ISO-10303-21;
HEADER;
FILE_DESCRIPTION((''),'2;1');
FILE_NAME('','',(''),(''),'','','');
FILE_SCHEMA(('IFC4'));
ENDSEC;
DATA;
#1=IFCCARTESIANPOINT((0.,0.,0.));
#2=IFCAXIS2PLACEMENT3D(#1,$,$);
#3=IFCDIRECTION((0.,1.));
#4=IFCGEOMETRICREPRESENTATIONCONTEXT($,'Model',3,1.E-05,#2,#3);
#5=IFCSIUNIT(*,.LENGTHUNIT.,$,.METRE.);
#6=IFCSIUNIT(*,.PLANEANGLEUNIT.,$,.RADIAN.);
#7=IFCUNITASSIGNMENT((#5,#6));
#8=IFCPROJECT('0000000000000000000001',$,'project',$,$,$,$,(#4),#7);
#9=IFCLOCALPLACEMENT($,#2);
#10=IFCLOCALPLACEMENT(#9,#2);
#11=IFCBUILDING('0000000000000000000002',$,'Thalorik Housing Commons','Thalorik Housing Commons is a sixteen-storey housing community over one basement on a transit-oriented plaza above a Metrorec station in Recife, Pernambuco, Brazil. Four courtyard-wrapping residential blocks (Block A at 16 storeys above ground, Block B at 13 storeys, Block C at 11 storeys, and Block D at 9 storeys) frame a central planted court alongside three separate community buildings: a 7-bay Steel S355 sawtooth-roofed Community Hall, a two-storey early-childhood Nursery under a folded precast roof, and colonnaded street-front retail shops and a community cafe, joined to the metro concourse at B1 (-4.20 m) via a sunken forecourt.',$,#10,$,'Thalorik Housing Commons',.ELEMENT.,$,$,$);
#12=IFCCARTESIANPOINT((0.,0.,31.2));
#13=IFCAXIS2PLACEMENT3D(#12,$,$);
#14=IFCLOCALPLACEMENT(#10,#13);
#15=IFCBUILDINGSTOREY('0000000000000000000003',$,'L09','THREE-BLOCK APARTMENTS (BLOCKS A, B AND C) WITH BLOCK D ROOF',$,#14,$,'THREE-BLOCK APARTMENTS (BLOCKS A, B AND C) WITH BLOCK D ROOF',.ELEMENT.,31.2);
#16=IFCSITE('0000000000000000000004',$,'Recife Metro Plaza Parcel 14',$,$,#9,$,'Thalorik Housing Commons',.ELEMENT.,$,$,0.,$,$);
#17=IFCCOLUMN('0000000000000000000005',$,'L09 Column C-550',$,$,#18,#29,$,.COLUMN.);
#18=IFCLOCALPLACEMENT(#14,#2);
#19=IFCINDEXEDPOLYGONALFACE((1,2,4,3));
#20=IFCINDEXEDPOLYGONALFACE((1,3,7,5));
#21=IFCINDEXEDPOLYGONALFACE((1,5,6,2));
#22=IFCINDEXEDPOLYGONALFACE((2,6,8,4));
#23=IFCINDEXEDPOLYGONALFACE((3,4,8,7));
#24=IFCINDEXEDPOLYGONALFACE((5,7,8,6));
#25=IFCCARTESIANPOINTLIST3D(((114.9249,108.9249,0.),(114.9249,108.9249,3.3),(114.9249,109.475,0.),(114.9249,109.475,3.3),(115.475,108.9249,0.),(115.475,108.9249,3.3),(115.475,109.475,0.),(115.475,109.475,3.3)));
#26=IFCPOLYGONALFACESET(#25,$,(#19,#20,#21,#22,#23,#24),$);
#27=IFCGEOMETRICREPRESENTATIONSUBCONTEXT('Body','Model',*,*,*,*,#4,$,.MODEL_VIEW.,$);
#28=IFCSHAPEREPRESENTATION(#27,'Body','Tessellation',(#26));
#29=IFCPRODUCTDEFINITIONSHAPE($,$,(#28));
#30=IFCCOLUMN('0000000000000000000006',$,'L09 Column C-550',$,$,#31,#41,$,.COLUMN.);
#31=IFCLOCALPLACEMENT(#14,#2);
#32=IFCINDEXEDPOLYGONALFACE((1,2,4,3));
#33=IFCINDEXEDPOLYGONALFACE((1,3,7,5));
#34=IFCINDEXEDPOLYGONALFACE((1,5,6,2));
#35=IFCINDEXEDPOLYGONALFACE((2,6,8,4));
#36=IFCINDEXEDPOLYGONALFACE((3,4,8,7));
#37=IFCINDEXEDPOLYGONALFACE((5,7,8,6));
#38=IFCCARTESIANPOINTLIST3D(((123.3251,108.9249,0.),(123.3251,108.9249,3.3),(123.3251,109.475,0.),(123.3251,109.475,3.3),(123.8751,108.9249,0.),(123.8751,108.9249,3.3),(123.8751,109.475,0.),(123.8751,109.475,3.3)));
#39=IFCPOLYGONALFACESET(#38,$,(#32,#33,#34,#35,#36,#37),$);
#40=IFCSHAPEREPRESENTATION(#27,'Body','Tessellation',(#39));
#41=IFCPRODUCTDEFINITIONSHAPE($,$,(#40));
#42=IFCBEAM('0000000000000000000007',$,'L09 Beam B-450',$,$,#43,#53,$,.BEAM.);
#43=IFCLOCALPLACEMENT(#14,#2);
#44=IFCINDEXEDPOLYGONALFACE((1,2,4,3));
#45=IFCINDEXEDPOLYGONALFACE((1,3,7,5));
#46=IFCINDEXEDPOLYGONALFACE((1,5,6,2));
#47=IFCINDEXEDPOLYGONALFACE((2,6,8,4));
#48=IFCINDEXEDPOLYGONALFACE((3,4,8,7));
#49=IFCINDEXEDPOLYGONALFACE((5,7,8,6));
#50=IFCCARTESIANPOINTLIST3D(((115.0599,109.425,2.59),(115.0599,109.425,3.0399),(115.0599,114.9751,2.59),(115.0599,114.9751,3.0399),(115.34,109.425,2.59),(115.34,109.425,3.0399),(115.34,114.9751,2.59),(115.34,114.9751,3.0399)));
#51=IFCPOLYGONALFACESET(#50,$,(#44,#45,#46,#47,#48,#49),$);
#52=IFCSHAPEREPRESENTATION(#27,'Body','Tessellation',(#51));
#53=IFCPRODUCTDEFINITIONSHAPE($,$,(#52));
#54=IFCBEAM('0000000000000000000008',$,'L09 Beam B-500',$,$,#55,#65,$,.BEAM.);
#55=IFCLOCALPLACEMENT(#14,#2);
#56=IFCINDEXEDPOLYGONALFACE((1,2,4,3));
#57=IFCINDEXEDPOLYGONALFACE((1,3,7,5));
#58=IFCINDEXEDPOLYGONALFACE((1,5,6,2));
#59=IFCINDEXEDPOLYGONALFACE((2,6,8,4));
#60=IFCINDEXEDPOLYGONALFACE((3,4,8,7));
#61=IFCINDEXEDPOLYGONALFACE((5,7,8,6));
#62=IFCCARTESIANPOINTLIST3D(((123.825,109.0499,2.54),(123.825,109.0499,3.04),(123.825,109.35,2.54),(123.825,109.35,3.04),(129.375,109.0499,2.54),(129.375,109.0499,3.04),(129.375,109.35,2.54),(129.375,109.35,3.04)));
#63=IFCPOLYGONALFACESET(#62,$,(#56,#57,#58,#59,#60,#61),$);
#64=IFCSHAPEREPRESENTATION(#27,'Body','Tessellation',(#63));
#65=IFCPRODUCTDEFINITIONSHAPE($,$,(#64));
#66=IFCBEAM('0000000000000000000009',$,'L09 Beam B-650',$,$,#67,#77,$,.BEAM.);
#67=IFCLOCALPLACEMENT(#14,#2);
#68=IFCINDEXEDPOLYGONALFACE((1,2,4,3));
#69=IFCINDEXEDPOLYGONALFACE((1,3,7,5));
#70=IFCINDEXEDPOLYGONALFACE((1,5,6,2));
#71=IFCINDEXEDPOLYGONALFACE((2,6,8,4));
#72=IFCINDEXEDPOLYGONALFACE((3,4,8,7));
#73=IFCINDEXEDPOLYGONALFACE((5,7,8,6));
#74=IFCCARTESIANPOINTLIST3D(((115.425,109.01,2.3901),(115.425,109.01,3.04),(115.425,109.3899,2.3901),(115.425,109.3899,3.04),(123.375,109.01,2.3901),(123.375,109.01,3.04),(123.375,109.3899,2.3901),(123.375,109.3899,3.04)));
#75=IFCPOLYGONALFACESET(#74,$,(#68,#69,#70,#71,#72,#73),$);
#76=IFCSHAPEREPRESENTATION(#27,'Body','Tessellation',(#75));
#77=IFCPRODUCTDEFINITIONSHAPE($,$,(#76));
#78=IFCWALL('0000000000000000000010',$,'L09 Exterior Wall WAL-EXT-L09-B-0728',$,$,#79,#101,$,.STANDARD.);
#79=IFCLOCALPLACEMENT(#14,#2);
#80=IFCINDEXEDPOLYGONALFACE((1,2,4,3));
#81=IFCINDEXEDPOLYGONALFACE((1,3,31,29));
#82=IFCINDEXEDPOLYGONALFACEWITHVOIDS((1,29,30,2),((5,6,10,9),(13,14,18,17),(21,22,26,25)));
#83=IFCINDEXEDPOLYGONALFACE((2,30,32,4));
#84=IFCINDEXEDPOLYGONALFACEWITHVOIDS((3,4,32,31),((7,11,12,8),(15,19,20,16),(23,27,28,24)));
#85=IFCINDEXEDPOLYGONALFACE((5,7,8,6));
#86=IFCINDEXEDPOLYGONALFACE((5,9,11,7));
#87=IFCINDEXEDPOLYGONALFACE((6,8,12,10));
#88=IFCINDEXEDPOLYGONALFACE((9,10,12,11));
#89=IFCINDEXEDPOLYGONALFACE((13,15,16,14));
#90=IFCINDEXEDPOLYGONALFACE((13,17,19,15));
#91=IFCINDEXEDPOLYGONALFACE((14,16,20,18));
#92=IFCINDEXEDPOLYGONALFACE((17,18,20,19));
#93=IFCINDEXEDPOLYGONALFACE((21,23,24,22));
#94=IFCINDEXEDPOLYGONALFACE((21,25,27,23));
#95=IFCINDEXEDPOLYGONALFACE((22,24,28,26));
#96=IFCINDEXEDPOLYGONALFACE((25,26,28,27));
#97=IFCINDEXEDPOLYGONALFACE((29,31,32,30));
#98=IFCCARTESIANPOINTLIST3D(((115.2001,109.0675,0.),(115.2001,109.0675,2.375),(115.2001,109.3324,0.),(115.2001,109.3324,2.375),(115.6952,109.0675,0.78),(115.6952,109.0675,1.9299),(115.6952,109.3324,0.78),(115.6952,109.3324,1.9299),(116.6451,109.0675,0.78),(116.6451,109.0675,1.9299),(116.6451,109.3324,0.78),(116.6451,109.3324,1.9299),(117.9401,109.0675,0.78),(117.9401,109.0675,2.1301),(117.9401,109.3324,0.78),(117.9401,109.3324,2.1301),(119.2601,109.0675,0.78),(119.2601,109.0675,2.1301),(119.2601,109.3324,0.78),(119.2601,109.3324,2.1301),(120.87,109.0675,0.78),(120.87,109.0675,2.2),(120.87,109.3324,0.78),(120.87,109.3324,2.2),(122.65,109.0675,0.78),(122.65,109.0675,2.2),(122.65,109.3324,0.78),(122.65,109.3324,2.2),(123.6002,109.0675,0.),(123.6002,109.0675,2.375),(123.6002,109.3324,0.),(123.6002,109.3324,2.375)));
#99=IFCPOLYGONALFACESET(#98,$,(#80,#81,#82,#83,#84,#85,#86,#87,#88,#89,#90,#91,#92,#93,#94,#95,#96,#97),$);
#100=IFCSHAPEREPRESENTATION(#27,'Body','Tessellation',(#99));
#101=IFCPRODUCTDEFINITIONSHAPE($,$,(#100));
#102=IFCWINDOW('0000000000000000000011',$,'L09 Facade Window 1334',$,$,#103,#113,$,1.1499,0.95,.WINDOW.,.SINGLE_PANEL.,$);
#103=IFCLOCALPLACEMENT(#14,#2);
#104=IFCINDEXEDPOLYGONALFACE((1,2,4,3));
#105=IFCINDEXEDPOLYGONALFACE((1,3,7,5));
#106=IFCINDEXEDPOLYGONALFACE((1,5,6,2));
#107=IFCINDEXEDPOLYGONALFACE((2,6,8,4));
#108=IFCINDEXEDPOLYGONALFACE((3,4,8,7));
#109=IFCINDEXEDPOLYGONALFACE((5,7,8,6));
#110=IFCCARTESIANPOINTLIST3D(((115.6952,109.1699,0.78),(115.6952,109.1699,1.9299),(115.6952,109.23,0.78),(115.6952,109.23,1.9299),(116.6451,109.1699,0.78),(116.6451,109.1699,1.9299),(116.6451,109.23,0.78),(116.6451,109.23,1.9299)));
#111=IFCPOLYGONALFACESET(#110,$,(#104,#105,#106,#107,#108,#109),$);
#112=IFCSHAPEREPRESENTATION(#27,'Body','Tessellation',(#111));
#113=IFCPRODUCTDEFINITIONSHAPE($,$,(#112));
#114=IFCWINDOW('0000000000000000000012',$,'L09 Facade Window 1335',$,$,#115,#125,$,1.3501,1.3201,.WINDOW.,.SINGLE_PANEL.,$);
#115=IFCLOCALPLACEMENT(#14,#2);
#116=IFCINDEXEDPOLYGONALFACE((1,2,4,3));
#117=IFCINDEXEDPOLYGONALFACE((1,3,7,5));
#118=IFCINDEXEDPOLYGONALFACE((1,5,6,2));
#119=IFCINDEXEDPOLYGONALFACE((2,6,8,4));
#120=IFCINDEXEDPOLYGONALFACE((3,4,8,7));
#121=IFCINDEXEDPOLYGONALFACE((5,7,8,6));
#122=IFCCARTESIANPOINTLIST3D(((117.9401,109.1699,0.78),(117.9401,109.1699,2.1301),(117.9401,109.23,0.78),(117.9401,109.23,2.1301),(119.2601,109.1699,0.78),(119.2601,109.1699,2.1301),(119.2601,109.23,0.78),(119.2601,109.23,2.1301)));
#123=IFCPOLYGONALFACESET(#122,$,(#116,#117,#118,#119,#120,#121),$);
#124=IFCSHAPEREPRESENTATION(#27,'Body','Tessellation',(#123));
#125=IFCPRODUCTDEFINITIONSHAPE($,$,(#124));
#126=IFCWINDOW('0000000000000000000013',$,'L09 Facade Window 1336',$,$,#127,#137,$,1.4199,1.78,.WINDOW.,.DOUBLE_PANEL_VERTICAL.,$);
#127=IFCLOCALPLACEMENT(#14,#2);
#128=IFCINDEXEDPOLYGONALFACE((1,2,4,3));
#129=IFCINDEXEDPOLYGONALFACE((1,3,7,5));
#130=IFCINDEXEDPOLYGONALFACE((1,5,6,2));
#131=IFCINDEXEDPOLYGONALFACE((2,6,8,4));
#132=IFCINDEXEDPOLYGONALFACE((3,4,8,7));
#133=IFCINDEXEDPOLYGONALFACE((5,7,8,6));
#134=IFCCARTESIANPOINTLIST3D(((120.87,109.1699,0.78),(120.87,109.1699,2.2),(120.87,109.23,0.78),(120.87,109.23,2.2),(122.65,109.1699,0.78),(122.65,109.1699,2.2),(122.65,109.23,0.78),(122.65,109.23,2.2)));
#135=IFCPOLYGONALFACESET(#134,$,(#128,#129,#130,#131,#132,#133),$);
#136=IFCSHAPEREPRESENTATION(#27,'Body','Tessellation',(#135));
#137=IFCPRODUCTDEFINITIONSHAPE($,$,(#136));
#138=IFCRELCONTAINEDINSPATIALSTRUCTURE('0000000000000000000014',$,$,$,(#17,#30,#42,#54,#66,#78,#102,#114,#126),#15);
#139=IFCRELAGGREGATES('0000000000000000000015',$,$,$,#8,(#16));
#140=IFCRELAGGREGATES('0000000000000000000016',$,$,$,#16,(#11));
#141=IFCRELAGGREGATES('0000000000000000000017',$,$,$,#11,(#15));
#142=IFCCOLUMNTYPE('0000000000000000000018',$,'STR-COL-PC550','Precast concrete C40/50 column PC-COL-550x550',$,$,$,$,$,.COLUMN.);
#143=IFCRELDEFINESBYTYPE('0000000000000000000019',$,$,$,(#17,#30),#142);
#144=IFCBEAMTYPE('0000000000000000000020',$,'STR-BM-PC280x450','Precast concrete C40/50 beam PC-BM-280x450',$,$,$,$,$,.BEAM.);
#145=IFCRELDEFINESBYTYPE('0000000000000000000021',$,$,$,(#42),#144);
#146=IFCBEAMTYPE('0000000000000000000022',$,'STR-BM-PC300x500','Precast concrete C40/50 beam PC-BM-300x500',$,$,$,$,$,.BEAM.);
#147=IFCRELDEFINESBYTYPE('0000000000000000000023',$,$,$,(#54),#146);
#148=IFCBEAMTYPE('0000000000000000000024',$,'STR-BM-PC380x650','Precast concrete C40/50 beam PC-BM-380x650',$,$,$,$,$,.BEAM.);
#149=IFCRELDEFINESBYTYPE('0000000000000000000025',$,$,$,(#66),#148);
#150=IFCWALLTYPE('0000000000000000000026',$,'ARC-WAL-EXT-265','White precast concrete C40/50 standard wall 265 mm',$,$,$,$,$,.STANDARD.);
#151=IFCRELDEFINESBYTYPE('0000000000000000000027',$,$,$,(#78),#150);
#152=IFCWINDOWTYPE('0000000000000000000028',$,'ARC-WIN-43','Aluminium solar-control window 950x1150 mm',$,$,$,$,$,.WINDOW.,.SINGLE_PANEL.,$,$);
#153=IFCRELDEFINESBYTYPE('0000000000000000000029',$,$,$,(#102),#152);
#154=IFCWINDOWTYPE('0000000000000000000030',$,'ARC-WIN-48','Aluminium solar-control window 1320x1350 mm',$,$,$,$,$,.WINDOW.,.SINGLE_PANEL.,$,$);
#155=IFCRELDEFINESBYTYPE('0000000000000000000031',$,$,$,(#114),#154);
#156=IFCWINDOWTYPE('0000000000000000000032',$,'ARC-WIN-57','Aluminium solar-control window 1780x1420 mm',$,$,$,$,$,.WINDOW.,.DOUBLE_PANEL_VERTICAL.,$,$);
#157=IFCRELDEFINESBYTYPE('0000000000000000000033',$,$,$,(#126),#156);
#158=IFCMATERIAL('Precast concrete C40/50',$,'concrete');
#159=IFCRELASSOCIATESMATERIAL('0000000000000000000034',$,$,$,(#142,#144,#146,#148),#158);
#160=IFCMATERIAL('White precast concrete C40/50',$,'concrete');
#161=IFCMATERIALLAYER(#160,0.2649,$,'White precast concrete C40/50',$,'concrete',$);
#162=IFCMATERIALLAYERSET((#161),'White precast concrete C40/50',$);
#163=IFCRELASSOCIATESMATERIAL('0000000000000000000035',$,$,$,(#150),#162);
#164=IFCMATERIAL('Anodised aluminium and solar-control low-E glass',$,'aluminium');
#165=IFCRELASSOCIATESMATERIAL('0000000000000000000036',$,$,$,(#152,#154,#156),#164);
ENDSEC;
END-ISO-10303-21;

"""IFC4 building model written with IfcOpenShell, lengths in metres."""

from ifc_helpers import new_model, si_unit, direction, frame, frame_2d, origin, origin_2d, place, context, subcontext, project, spatial, rectangle, extrude, material, layer, layer_set, material_profile, profile_set, type_object, element, fill, save


model = new_model("IFC4")

# Units and contexts
model_context = context("Model", 3, precision=1e-05, world=origin(), true_north=direction((0.0, 1.0)))
body_context = subcontext(model_context, "Body", "Model", "MODEL_VIEW")
ifc_project = project(units=[si_unit("LENGTHUNIT", "METRE"), si_unit("PLANEANGLEUNIT", "RADIAN")], contexts=[model_context])

# Site, building, storey
site_placement = place(None, origin())
site = spatial("IfcSite", under=ifc_project, at=site_placement, Name="Recife Metro Plaza Parcel 14", LongName="Thalorik Housing Commons", CompositionType="ELEMENT", RefElevation=0.0)
building_placement = place(site_placement, origin())
building = spatial("IfcBuilding", under=site, at=building_placement, Name="Thalorik Housing Commons", Description="Thalorik Housing Commons is a sixteen-storey housing community over one basement on a transit-oriented plaza above a Metrorec station in Recife, Pernambuco, Brazil. Four courtyard-wrapping residential blocks (Block A at 16 storeys above ground, Block B at 13 storeys, Block C at 11 storeys, and Block D at 9 storeys) frame a central planted court alongside three separate community buildings: a 7-bay Steel S355 sawtooth-roofed Community Hall, a two-storey early-childhood Nursery under a folded precast roof, and colonnaded street-front retail shops and a community cafe, joined to the metro concourse at B1 (-4.20 m) via a sunken forecourt.", LongName="Thalorik Housing Commons", CompositionType="ELEMENT")
storey_placement = place(building_placement, frame((0.0, 0.0, 31.2)))
storey = spatial("IfcBuildingStorey", under=building, at=storey_placement, Name="L09", Description="THREE-BLOCK APARTMENTS (BLOCKS A, B AND C) WITH BLOCK D ROOF", LongName="THREE-BLOCK APARTMENTS (BLOCKS A, B AND C) WITH BLOCK D ROOF", CompositionType="ELEMENT", Elevation=31.2)

# Columns
ifc_material_1 = material(Name="Precast concrete C40/50", Category="concrete")
ifc_material_profile_1 = material_profile(ifc_material_1, rectangle(XDim=0.55, YDim=0.55, at=origin_2d()), Name="PC 550x550", Category="concrete")
ifc_profile_set_1 = profile_set([ifc_material_profile_1], Name="Precast concrete C40/50")
column_type = type_object("IfcColumnType", Name="STR-COL-PC550", Description="Precast concrete C40/50 column PC-COL-550x550", PredefinedType="COLUMN", material=ifc_profile_set_1)
for number, where, z_axis, x_axis, name in (
    (1, (115.2, 109.2, 0.0), (0.0, 0.0, 1.0), (1.0, 0.0, 0.0), "L09 Column C-550"),
    (2, (123.6001, 109.2, 0.0), (0.0, 0.0, 1.0), (1.0, 0.0, 0.0), "L09 Column C-550"),
):
    element("IfcColumn", number, at=place(storey_placement, frame(where, z_axis=z_axis, x_axis=x_axis)), inside=storey, type_object=column_type, Name=name, PredefinedType="COLUMN", context=body_context, shape_type="SweptSolid", body=[
        extrude(rectangle(XDim=0.55, YDim=0.55, at=origin_2d()), origin(), (0.0, 0.0, 1.0), 3.3),
    ])

# Beams
ifc_material_profile_2 = material_profile(ifc_material_1, rectangle(XDim=0.28, YDim=0.45, at=origin_2d()), Name="PC 280x450", Category="concrete")
ifc_profile_set_2 = profile_set([ifc_material_profile_2], Name="Precast concrete C40/50")
beam_type_1 = type_object("IfcBeamType", Name="STR-BM-PC280x450", Description="Precast concrete C40/50 beam PC-BM-280x450", PredefinedType="BEAM", material=ifc_profile_set_2)
beam_1_placement = place(storey_placement, frame((115.2, 109.425, 2.8149), z_axis=(0.0, 1.0, 0.0), x_axis=(-1.0, 0.0, 0.0)))
element("IfcBeam", 3, at=beam_1_placement, inside=storey, type_object=beam_type_1, Name="L09 Beam B-450", PredefinedType="BEAM", context=body_context, shape_type="SweptSolid", body=[
    extrude(rectangle(XDim=0.28, YDim=0.45, at=origin_2d()), origin(), (0.0, 0.0, 1.0), 5.55),
])
ifc_material_profile_3 = material_profile(ifc_material_1, rectangle(XDim=0.3, YDim=0.5, at=origin_2d()), Name="PC 300x500", Category="concrete")
ifc_profile_set_3 = profile_set([ifc_material_profile_3], Name="Precast concrete C40/50")
beam_type_2 = type_object("IfcBeamType", Name="STR-BM-PC300x500", Description="Precast concrete C40/50 beam PC-BM-300x500", PredefinedType="BEAM", material=ifc_profile_set_3)
beam_2_placement = place(storey_placement, frame((123.825, 109.2, 2.79), z_axis=(1.0, 0.0, 0.0), x_axis=(0.0, 1.0, 0.0)))
element("IfcBeam", 4, at=beam_2_placement, inside=storey, type_object=beam_type_2, Name="L09 Beam B-500", PredefinedType="BEAM", context=body_context, shape_type="SweptSolid", body=[
    extrude(rectangle(XDim=0.3, YDim=0.5, at=origin_2d()), origin(), (0.0, 0.0, 1.0), 5.55),
])
ifc_material_profile_4 = material_profile(ifc_material_1, rectangle(XDim=0.3799, YDim=0.6499, at=origin_2d()), Name="PC 380x650", Category="concrete")
ifc_profile_set_4 = profile_set([ifc_material_profile_4], Name="Precast concrete C40/50")
beam_type_3 = type_object("IfcBeamType", Name="STR-BM-PC380x650", Description="Precast concrete C40/50 beam PC-BM-380x650", PredefinedType="BEAM", material=ifc_profile_set_4)
beam_3_placement = place(storey_placement, frame((115.425, 109.2, 2.7151), z_axis=(1.0, 0.0, 0.0), x_axis=(0.0, 1.0, 0.0)))
element("IfcBeam", 5, at=beam_3_placement, inside=storey, type_object=beam_type_3, Name="L09 Beam B-650", PredefinedType="BEAM", context=body_context, shape_type="SweptSolid", body=[
    extrude(rectangle(XDim=0.3799, YDim=0.6499, at=origin_2d()), origin(), (0.0, 0.0, 1.0), 7.95),
])

# Wall, openings, windows
ifc_material_2 = material(Name="White precast concrete C40/50", Category="concrete")
ifc_layer_1 = layer(ifc_material_2, 0.2649, Name="White precast concrete C40/50", Category="concrete")
ifc_layer_set_1 = layer_set([ifc_layer_1], Name="White precast concrete C40/50")
wall_type_1 = type_object("IfcWallType", Name="ARC-WAL-EXT-265", Description="White precast concrete C40/50 standard wall 265 mm", PredefinedType="STANDARD", material=ifc_layer_set_1)
wall_1_placement = place(storey_placement, frame((115.2, 109.2, 0.0), z_axis=(0.0, 0.0, 1.0), x_axis=(1.0, 0.0, 0.0)))
wall_1 = element("IfcWall", 6, at=wall_1_placement, inside=storey, type_object=wall_type_1, Name="L09 Exterior Wall WAL-EXT-L09-B-0728", PredefinedType="STANDARD", context=body_context, shape_type="SweptSolid", body=[
    extrude(rectangle(XDim=8.4001, YDim=0.2649, at=frame_2d((4.2002, 0.0))), origin(), (0.0, 0.0, 1.0), 2.375),
])
opening_1_placement = place(wall_1_placement, frame((0.4951, 0.0, 0.78)))
opening_1 = element("IfcOpeningElement", 7, at=opening_1_placement, cuts=wall_1, PredefinedType="OPENING", context=body_context, shape_type="SweptSolid", body=[
    extrude(rectangle(XDim=0.95, YDim=1.1499, at=frame_2d((0.4751, 0.575))), frame((0.0, 0.1426, 0.0), z_axis=(0.0, -1.0, 0.0), x_axis=(1.0, 0.0, 0.0)), (0.0, 0.0, 1.0), 0.2849),
])
opening_2_placement = place(wall_1_placement, frame((2.74, 0.0, 0.78)))
opening_2 = element("IfcOpeningElement", 8, at=opening_2_placement, cuts=wall_1, PredefinedType="OPENING", context=body_context, shape_type="SweptSolid", body=[
    extrude(rectangle(XDim=1.3201, YDim=1.3501, at=frame_2d((0.6602, 0.675))), frame((0.0, 0.1426, 0.0), z_axis=(0.0, -1.0, 0.0), x_axis=(1.0, 0.0, 0.0)), (0.0, 0.0, 1.0), 0.2849),
])
opening_3_placement = place(wall_1_placement, frame((5.6699, 0.0, 0.78)))
opening_3 = element("IfcOpeningElement", 9, at=opening_3_placement, cuts=wall_1, PredefinedType="OPENING", context=body_context, shape_type="SweptSolid", body=[
    extrude(rectangle(XDim=1.78, YDim=1.4199, at=frame_2d((0.8901, 0.71))), frame((0.0, 0.1426, 0.0), z_axis=(0.0, -1.0, 0.0), x_axis=(1.0, 0.0, 0.0)), (0.0, 0.0, 1.0), 0.2849),
])
ifc_material_3 = material(Name="Anodised aluminium and solar-control low-E glass", Category="aluminium")
window_type_1 = type_object("IfcWindowType", Name="ARC-WIN-43", Description="Aluminium solar-control window 950x1150 mm", PartitioningType="SINGLE_PANEL", PredefinedType="WINDOW", material=ifc_material_3)
window_1_placement = place(opening_1_placement, origin())
window_1 = element("IfcWindow", 10, at=window_1_placement, inside=storey, type_object=window_type_1, Name="L09 Facade Window 1334", OverallHeight=1.1499, OverallWidth=0.95, PartitioningType="SINGLE_PANEL", PredefinedType="WINDOW", context=body_context, shape_type="SweptSolid", body=[
    extrude(rectangle(XDim=0.95, YDim=1.1499, at=frame_2d((0.4751, 0.575))), frame((0.0, 0.03, 0.0), z_axis=(0.0, -1.0, 0.0), x_axis=(1.0, 0.0, 0.0)), (0.0, 0.0, 1.0), 0.0601),
])
fill(opening_1, window_1)
window_type_2 = type_object("IfcWindowType", Name="ARC-WIN-48", Description="Aluminium solar-control window 1320x1350 mm", PartitioningType="SINGLE_PANEL", PredefinedType="WINDOW", material=ifc_material_3)
window_2_placement = place(opening_2_placement, origin())
window_2 = element("IfcWindow", 11, at=window_2_placement, inside=storey, type_object=window_type_2, Name="L09 Facade Window 1335", OverallHeight=1.3501, OverallWidth=1.3201, PartitioningType="SINGLE_PANEL", PredefinedType="WINDOW", context=body_context, shape_type="SweptSolid", body=[
    extrude(rectangle(XDim=1.3201, YDim=1.3501, at=frame_2d((0.6602, 0.675))), frame((0.0, 0.03, 0.0), z_axis=(0.0, -1.0, 0.0), x_axis=(1.0, 0.0, 0.0)), (0.0, 0.0, 1.0), 0.0601),
])
fill(opening_2, window_2)
window_type_3 = type_object("IfcWindowType", Name="ARC-WIN-57", Description="Aluminium solar-control window 1780x1420 mm", PartitioningType="DOUBLE_PANEL_VERTICAL", PredefinedType="WINDOW", material=ifc_material_3)
window_3_placement = place(opening_3_placement, origin())
window_3 = element("IfcWindow", 12, at=window_3_placement, inside=storey, type_object=window_type_3, Name="L09 Facade Window 1336", OverallHeight=1.4199, OverallWidth=1.78, PartitioningType="DOUBLE_PANEL_VERTICAL", PredefinedType="WINDOW", context=body_context, shape_type="SweptSolid", body=[
    extrude(rectangle(XDim=1.78, YDim=1.4199, at=frame_2d((0.8901, 0.71))), frame((0.0, 0.03, 0.0), z_axis=(0.0, -1.0, 0.0), x_axis=(1.0, 0.0, 0.0)), (0.0, 0.0, 1.0), 0.0601),
])
fill(opening_3, window_3)

save(model, "model.ifc")
